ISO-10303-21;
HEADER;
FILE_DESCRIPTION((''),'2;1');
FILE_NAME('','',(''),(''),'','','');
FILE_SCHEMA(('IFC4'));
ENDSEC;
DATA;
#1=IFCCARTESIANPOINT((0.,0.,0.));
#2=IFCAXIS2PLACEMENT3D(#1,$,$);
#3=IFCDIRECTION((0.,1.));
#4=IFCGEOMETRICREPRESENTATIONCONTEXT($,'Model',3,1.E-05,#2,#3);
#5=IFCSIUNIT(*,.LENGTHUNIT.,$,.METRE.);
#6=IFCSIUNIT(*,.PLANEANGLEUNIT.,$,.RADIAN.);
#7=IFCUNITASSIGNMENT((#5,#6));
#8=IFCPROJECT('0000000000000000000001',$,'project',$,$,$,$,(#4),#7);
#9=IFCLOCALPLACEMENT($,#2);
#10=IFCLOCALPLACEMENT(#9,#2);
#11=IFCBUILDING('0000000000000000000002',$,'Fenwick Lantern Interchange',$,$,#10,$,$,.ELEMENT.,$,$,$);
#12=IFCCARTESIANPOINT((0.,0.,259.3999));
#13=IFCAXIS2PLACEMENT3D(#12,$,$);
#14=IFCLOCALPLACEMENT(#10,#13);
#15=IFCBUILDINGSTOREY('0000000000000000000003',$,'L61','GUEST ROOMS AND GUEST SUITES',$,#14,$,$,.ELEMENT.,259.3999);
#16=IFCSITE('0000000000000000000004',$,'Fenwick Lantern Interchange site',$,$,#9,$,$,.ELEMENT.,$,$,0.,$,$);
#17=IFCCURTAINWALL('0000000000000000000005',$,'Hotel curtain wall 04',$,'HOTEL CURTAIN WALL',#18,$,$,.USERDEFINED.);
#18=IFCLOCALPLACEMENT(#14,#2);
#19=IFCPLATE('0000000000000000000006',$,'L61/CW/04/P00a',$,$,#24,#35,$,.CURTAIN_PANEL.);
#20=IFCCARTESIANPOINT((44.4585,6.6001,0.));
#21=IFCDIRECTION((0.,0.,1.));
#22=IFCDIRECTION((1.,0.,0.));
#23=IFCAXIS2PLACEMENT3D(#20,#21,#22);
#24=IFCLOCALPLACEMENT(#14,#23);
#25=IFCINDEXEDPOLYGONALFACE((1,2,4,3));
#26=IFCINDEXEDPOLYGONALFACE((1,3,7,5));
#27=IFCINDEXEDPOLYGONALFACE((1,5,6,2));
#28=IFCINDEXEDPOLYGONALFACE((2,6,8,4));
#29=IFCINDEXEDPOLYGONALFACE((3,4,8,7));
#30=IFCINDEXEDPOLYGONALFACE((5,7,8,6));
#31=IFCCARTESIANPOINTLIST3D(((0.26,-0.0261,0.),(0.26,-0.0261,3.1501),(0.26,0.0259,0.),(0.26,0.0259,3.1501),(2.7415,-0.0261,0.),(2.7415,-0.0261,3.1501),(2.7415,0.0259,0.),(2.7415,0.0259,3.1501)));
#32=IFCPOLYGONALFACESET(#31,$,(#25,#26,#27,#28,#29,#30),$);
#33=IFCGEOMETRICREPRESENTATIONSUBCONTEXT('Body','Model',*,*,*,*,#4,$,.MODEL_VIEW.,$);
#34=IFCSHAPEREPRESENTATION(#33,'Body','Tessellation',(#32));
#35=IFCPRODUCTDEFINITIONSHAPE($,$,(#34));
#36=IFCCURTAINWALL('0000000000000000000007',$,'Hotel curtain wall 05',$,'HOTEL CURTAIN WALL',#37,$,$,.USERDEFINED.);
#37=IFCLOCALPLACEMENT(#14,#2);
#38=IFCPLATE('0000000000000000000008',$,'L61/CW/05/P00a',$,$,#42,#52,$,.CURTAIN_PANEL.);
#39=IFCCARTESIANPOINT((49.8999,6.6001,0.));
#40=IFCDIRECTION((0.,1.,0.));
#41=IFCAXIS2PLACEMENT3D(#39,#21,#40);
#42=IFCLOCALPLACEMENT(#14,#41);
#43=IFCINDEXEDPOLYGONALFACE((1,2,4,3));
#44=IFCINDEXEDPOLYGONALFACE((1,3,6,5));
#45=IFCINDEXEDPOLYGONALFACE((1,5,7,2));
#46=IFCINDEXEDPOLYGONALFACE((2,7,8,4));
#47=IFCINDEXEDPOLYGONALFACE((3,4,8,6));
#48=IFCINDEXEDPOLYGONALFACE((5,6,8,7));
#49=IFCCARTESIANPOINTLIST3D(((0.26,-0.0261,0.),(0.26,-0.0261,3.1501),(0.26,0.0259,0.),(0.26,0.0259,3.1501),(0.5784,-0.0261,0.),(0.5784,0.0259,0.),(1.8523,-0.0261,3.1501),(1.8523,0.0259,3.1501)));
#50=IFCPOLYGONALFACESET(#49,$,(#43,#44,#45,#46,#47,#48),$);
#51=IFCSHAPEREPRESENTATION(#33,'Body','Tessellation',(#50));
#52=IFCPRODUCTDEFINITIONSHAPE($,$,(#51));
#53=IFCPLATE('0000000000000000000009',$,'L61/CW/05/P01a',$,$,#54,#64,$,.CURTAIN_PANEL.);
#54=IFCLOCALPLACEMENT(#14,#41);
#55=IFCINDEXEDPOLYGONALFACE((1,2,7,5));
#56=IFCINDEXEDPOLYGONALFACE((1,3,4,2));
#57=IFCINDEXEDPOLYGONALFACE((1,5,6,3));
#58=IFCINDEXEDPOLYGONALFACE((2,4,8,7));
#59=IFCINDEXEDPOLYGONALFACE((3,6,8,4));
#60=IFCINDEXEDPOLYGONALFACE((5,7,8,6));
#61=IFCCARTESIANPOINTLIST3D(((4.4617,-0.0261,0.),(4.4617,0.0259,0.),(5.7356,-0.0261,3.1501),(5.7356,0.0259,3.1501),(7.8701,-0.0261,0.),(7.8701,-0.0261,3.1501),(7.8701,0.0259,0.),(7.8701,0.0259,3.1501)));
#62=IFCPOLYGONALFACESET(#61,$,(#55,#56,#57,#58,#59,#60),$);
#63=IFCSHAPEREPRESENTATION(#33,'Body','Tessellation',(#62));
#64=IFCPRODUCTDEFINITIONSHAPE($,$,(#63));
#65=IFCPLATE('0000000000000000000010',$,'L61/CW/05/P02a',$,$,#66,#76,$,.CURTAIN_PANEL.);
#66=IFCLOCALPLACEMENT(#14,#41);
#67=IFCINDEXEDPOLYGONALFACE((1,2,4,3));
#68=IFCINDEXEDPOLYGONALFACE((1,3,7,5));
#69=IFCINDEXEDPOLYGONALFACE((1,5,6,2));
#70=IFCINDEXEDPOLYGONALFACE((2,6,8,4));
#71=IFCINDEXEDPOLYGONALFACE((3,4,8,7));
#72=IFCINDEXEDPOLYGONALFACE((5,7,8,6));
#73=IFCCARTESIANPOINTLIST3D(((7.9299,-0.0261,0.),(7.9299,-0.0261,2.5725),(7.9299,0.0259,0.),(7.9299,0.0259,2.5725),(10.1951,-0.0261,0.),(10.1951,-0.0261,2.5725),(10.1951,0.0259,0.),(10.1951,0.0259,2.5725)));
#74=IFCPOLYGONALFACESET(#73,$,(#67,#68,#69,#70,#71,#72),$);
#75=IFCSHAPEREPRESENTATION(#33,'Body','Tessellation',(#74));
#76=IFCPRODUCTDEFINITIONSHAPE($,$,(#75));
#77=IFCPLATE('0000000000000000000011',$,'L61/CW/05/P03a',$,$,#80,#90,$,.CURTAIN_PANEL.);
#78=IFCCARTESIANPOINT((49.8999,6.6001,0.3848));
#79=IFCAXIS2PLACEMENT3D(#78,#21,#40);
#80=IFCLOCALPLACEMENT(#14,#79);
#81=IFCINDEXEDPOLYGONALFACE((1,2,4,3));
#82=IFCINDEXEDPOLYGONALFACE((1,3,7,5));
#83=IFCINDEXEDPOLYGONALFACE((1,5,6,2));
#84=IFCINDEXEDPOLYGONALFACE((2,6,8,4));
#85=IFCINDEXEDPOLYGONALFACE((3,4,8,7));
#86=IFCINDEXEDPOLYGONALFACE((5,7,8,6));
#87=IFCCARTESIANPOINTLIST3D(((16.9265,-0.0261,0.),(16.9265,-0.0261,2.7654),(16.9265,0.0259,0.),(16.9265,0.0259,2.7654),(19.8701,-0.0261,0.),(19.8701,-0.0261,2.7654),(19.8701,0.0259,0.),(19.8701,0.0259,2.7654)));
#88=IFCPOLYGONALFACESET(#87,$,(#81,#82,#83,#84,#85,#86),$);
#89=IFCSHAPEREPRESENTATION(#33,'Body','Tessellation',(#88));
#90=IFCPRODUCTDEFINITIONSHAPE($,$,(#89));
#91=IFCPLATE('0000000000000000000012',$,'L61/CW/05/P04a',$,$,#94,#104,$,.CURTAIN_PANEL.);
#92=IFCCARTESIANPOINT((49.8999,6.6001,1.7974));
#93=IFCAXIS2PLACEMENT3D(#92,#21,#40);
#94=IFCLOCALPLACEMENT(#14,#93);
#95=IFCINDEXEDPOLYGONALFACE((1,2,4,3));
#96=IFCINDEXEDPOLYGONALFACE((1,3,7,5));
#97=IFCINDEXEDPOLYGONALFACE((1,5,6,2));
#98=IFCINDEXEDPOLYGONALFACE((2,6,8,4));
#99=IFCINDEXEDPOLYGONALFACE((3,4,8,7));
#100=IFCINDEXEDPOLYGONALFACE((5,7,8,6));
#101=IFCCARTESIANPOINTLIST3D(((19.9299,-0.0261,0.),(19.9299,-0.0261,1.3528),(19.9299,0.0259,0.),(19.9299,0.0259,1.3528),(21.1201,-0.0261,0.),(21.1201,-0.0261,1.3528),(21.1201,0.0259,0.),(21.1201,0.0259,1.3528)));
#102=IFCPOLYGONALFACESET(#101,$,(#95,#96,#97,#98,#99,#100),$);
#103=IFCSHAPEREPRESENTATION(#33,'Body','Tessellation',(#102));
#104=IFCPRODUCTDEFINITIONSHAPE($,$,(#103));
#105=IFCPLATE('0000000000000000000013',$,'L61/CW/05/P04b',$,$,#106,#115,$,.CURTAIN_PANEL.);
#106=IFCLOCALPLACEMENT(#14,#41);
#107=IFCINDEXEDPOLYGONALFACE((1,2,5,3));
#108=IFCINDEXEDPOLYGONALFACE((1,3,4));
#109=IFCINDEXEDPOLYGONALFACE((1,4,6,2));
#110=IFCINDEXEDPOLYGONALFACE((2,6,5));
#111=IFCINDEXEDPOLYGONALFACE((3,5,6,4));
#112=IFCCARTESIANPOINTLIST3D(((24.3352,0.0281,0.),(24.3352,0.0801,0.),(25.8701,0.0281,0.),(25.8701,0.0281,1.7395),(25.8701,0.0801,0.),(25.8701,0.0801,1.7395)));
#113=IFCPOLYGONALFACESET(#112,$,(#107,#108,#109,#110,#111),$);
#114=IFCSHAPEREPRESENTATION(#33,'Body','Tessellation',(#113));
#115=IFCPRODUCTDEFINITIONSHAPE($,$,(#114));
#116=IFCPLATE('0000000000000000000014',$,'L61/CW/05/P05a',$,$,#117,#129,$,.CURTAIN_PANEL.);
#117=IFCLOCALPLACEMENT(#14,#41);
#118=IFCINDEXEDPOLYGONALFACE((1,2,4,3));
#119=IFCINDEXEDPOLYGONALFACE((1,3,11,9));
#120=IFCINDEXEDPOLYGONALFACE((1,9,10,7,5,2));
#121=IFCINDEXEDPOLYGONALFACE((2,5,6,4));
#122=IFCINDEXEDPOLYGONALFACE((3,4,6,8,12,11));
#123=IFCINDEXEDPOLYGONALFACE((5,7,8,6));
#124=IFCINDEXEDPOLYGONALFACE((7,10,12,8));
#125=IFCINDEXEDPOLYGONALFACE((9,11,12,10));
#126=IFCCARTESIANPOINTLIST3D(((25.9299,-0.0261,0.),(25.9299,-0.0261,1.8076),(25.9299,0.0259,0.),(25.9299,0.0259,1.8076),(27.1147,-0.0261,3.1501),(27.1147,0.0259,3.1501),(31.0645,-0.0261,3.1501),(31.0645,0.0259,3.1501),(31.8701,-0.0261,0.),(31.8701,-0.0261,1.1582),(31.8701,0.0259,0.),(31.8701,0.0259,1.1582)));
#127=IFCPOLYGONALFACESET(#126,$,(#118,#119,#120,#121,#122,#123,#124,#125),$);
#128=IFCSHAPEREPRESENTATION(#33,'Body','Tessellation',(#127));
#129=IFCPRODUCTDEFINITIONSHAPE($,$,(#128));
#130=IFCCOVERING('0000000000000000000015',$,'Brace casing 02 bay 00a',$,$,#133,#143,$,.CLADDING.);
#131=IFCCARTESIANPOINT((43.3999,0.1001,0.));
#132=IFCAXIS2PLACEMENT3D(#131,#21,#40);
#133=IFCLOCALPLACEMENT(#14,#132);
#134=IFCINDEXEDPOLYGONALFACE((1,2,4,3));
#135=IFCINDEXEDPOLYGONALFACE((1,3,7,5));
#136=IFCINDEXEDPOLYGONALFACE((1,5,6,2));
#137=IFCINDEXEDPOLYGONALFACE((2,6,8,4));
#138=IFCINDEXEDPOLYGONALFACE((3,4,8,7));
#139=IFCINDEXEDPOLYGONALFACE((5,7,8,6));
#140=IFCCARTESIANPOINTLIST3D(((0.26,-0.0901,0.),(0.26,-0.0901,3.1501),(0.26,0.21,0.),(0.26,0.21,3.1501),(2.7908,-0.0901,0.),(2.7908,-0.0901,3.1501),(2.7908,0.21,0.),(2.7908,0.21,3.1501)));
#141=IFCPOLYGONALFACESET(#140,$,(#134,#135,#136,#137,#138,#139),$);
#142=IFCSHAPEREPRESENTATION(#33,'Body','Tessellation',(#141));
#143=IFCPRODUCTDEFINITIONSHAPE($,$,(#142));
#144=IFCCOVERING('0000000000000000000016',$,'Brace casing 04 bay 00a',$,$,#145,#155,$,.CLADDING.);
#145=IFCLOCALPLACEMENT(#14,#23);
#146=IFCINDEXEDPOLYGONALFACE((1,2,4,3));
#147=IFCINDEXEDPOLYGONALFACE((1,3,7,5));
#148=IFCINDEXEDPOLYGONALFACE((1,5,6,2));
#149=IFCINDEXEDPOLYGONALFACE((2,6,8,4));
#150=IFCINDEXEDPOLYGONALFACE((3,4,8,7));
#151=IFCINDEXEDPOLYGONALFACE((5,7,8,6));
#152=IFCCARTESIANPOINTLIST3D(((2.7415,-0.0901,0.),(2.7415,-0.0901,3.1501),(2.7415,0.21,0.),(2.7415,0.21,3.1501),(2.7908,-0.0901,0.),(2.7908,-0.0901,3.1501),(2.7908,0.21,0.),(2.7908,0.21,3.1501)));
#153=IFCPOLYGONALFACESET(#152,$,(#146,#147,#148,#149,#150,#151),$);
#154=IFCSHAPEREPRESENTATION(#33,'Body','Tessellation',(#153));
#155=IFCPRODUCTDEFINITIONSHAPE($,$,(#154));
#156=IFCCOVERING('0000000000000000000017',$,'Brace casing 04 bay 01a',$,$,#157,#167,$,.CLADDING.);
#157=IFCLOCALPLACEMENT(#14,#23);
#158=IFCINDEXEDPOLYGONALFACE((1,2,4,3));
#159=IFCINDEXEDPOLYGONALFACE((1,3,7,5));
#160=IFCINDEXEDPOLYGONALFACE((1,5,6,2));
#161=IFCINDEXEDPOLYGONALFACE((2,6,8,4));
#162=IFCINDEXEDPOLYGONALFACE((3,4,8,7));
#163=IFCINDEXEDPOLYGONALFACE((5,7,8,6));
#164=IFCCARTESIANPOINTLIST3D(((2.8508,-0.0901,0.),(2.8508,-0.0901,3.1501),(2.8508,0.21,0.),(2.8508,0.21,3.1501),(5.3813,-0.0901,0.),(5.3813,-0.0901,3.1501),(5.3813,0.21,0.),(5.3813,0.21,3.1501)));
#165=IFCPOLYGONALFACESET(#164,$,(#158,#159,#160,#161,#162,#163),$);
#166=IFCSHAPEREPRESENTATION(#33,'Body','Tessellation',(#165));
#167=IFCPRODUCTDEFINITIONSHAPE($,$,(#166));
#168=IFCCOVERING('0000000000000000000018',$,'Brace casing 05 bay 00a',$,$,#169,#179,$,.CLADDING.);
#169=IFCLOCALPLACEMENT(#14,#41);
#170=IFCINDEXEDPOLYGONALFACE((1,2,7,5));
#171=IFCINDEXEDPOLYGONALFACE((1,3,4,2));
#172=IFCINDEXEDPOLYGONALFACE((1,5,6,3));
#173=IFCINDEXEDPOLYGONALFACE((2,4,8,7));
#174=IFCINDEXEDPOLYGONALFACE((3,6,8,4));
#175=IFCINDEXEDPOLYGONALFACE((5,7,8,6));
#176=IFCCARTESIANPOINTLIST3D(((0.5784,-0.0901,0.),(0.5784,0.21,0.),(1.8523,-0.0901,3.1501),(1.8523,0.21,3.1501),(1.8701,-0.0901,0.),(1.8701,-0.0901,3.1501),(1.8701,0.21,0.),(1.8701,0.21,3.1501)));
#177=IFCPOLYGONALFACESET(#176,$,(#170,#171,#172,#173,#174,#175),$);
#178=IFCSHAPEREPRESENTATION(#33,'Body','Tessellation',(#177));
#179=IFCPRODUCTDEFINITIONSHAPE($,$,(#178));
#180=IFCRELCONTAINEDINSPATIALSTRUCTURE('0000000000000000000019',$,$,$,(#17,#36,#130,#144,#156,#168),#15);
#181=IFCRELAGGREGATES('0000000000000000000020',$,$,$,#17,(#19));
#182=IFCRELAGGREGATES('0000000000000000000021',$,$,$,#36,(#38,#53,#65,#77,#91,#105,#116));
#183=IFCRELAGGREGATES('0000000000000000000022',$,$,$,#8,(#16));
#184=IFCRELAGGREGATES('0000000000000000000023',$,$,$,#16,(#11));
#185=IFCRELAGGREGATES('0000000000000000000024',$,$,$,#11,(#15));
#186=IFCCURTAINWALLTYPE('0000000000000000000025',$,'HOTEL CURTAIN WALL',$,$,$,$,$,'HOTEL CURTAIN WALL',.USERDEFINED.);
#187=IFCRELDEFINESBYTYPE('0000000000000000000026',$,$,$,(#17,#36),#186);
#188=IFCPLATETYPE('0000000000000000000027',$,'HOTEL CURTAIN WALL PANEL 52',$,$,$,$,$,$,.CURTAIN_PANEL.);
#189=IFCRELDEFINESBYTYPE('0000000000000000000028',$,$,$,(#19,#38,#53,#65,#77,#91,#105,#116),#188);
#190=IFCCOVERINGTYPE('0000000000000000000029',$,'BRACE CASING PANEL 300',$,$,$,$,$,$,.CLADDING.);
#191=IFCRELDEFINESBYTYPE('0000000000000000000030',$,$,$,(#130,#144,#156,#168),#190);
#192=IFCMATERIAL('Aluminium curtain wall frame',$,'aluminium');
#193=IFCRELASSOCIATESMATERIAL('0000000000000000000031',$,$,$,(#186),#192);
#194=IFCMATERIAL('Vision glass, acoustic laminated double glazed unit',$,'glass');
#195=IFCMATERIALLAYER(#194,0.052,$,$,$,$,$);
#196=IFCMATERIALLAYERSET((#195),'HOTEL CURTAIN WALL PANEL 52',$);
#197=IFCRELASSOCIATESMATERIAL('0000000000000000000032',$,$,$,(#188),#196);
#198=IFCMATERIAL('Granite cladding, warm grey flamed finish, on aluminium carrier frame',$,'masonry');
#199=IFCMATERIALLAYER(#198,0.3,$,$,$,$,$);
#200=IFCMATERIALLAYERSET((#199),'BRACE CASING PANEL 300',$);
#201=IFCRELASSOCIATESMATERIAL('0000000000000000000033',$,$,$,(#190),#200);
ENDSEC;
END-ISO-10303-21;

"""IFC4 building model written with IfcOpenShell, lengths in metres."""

from ifc_helpers import new_model, si_unit, direction, frame, origin, place, context, subcontext, project, spatial, polyline, outline, extrude, material, layer, layer_set, type_object, element, aggregate, save


model = new_model("IFC4")

# Units and contexts
model_context = context("Model", 3, precision=1e-05, world=origin(), true_north=direction((0.0, 1.0)))
body_context = subcontext(model_context, "Body", "Model", "MODEL_VIEW")
ifc_project = project(units=[si_unit("LENGTHUNIT", "METRE"), si_unit("PLANEANGLEUNIT", "RADIAN")], contexts=[model_context])

# Site, building, storey
site_placement = place(None, origin())
site = spatial("IfcSite", under=ifc_project, at=site_placement, Name="Fenwick Lantern Interchange site", CompositionType="ELEMENT", RefElevation=0.0)
building_placement = place(site_placement, origin())
building = spatial("IfcBuilding", under=site, at=building_placement, Name="Fenwick Lantern Interchange", CompositionType="ELEMENT")
storey_placement = place(building_placement, frame((0.0, 0.0, 259.3999)))
storey = spatial("IfcBuildingStorey", under=building, at=storey_placement, Name="L61", Description="GUEST ROOMS AND GUEST SUITES", CompositionType="ELEMENT", Elevation=259.3999)

# Shared definitions
ifc_material_1 = material(Name="Aluminium curtain wall frame", Category="aluminium")
curtain_wall_type = type_object("IfcCurtainWallType", Name="HOTEL CURTAIN WALL", ElementType="HOTEL CURTAIN WALL", PredefinedType="USERDEFINED", material=ifc_material_1)

# Curtain wall
curtain_wall_1_placement = place(storey_placement, origin())
curtain_wall_1 = element("IfcCurtainWall", 1, at=curtain_wall_1_placement, inside=storey, type_object=curtain_wall_type, Name="Hotel curtain wall 04", ObjectType="HOTEL CURTAIN WALL", PredefinedType="USERDEFINED")

# Plate
ifc_material_2 = material(Name="Vision glass, acoustic laminated double glazed unit", Category="glass")
ifc_layer_1 = layer(ifc_material_2, 0.052)
ifc_layer_set_1 = layer_set([ifc_layer_1], Name="HOTEL CURTAIN WALL PANEL 52")
plate_type = type_object("IfcPlateType", Name="HOTEL CURTAIN WALL PANEL 52", PredefinedType="CURTAIN_PANEL", material=ifc_layer_set_1)
plate_1_placement = place(storey_placement, frame((44.4585, 6.6001, 0.0), z_axis=(0.0, 0.0, 1.0), x_axis=(1.0, 0.0, 0.0)))
plate_1 = element("IfcPlate", 2, at=plate_1_placement, type_object=plate_type, Name="L61/CW/04/P00a", PredefinedType="CURTAIN_PANEL", context=body_context, shape_type="SweptSolid", body=[
    extrude(outline(polyline([(0.26, 0.0), (2.7415, 0.0), (2.7415, 3.1501), (0.26, 3.1501), (0.26, 0.0)])), frame((0.0, 0.0259, 0.0), z_axis=(0.0, -1.0, 0.0), x_axis=(1.0, 0.0, 0.0)), (0.0, 0.0, 1.0), 0.052),
])
aggregate(curtain_wall_1, [plate_1])

# Curtain wall, plates
curtain_wall_2_placement = place(storey_placement, origin())
curtain_wall_2 = element("IfcCurtainWall", 3, at=curtain_wall_2_placement, inside=storey, type_object=curtain_wall_type, Name="Hotel curtain wall 05", ObjectType="HOTEL CURTAIN WALL", PredefinedType="USERDEFINED")
plate_2_placement = place(storey_placement, frame((49.8999, 6.6001, 0.0), z_axis=(0.0, 0.0, 1.0), x_axis=(0.0, 1.0, 0.0)))
plate_2 = element("IfcPlate", 4, at=plate_2_placement, type_object=plate_type, Name="L61/CW/05/P00a", PredefinedType="CURTAIN_PANEL", context=body_context, shape_type="SweptSolid", body=[
    extrude(outline(polyline([(0.26, 0.0), (0.5784, 0.0), (1.8523, 3.1501), (0.26, 3.1501), (0.26, 0.0)])), frame((0.0, 0.0259, 0.0), z_axis=(0.0, -1.0, 0.0), x_axis=(1.0, 0.0, 0.0)), (0.0, 0.0, 1.0), 0.052),
])
plate_3_placement = place(storey_placement, frame((49.8999, 6.6001, 0.0), z_axis=(0.0, 0.0, 1.0), x_axis=(0.0, 1.0, 0.0)))
plate_3 = element("IfcPlate", 5, at=plate_3_placement, type_object=plate_type, Name="L61/CW/05/P01a", PredefinedType="CURTAIN_PANEL", context=body_context, shape_type="SweptSolid", body=[
    extrude(outline(polyline([(4.4617, 0.0), (7.8701, 0.0), (7.8701, 3.1501), (5.7356, 3.1501), (4.4617, 0.0)])), frame((0.0, 0.0259, 0.0), z_axis=(0.0, -1.0, 0.0), x_axis=(1.0, 0.0, 0.0)), (0.0, 0.0, 1.0), 0.052),
])
plate_4_placement = place(storey_placement, frame((49.8999, 6.6001, 0.0), z_axis=(0.0, 0.0, 1.0), x_axis=(0.0, 1.0, 0.0)))
plate_4 = element("IfcPlate", 6, at=plate_4_placement, type_object=plate_type, Name="L61/CW/05/P02a", PredefinedType="CURTAIN_PANEL", context=body_context, shape_type="SweptSolid", body=[
    extrude(outline(polyline([(7.9299, 0.0), (10.1951, 0.0), (10.1951, 2.5725), (7.9299, 2.5725), (7.9299, 0.0)])), frame((0.0, 0.0259, 0.0), z_axis=(0.0, -1.0, 0.0), x_axis=(1.0, 0.0, 0.0)), (0.0, 0.0, 1.0), 0.052),
])
plate_5_placement = place(storey_placement, frame((49.8999, 6.6001, 0.3848), z_axis=(0.0, 0.0, 1.0), x_axis=(0.0, 1.0, 0.0)))
plate_5 = element("IfcPlate", 7, at=plate_5_placement, type_object=plate_type, Name="L61/CW/05/P03a", PredefinedType="CURTAIN_PANEL", context=body_context, shape_type="SweptSolid", body=[
    extrude(outline(polyline([(16.9265, 0.0), (19.8701, 0.0), (19.8701, 2.7654), (16.9265, 2.7654), (16.9265, 0.0)])), frame((0.0, 0.0259, 0.0), z_axis=(0.0, -1.0, 0.0), x_axis=(1.0, 0.0, 0.0)), (0.0, 0.0, 1.0), 0.052),
])
plate_6_placement = place(storey_placement, frame((49.8999, 6.6001, 1.7974), z_axis=(0.0, 0.0, 1.0), x_axis=(0.0, 1.0, 0.0)))
plate_6 = element("IfcPlate", 8, at=plate_6_placement, type_object=plate_type, Name="L61/CW/05/P04a", PredefinedType="CURTAIN_PANEL", context=body_context, shape_type="SweptSolid", body=[
    extrude(outline(polyline([(19.9299, 0.0), (21.1201, 0.0), (21.1201, 1.3528), (19.9299, 1.3528), (19.9299, 0.0)])), frame((0.0, 0.0259, 0.0), z_axis=(0.0, -1.0, 0.0), x_axis=(1.0, 0.0, 0.0)), (0.0, 0.0, 1.0), 0.052),
])
plate_7_placement = place(storey_placement, frame((49.8999, 6.6001, 0.0), z_axis=(0.0, 0.0, 1.0), x_axis=(0.0, 1.0, 0.0)))
plate_7 = element("IfcPlate", 9, at=plate_7_placement, type_object=plate_type, Name="L61/CW/05/P04b", PredefinedType="CURTAIN_PANEL", context=body_context, shape_type="SweptSolid", body=[
    extrude(outline(polyline([(24.3352, 0.0), (25.8701, 0.0), (25.8701, 1.7395), (24.3352, 0.0)])), frame((0.0, 0.0801, 0.0), z_axis=(0.0, -1.0, 0.0), x_axis=(1.0, 0.0, 0.0)), (0.0, 0.0, 1.0), 0.052),
])
plate_8_placement = place(storey_placement, frame((49.8999, 6.6001, 0.0), z_axis=(0.0, 0.0, 1.0), x_axis=(0.0, 1.0, 0.0)))
plate_8 = element("IfcPlate", 10, at=plate_8_placement, type_object=plate_type, Name="L61/CW/05/P05a", PredefinedType="CURTAIN_PANEL", context=body_context, shape_type="SweptSolid", body=[
    extrude(outline(polyline([(25.9299, 0.0), (31.8701, 0.0), (31.8701, 1.1582), (31.0645, 3.1501), (27.1147, 3.1501), (25.9299, 1.8076), (25.9299, 0.0)])), frame((0.0, 0.0259, 0.0), z_axis=(0.0, -1.0, 0.0), x_axis=(1.0, 0.0, 0.0)), (0.0, 0.0, 1.0), 0.052),
])
aggregate(curtain_wall_2, [plate_2, plate_3, plate_4, plate_5, plate_6, plate_7, plate_8])

# Coverings
ifc_material_3 = material(Name="Granite cladding, warm grey flamed finish, on aluminium carrier frame", Category="masonry")
ifc_layer_2 = layer(ifc_material_3, 0.3)
ifc_layer_set_2 = layer_set([ifc_layer_2], Name="BRACE CASING PANEL 300")
covering_type = type_object("IfcCoveringType", Name="BRACE CASING PANEL 300", PredefinedType="CLADDING", material=ifc_layer_set_2)
covering_1_placement = place(storey_placement, frame((43.3999, 0.1001, 0.0), z_axis=(0.0, 0.0, 1.0), x_axis=(0.0, 1.0, 0.0)))
element("IfcCovering", 11, at=covering_1_placement, inside=storey, type_object=covering_type, Name="Brace casing 02 bay 00a", PredefinedType="CLADDING", context=body_context, shape_type="SweptSolid", body=[
    extrude(outline(polyline([(0.26, 0.0), (2.7908, 0.0), (2.7908, 3.1501), (0.26, 3.1501), (0.26, 0.0)])), frame((0.0, 0.21, 0.0), z_axis=(0.0, -1.0, 0.0), x_axis=(1.0, 0.0, 0.0)), (0.0, 0.0, 1.0), 0.3),
])
covering_2_placement = place(storey_placement, frame((44.4585, 6.6001, 0.0), z_axis=(0.0, 0.0, 1.0), x_axis=(1.0, 0.0, 0.0)))
element("IfcCovering", 12, at=covering_2_placement, inside=storey, type_object=covering_type, Name="Brace casing 04 bay 00a", PredefinedType="CLADDING", context=body_context, shape_type="SweptSolid", body=[
    extrude(outline(polyline([(2.7415, 0.0), (2.7908, 0.0), (2.7908, 3.1501), (2.7415, 3.1501), (2.7415, 0.0)])), frame((0.0, 0.21, 0.0), z_axis=(0.0, -1.0, 0.0), x_axis=(1.0, 0.0, 0.0)), (0.0, 0.0, 1.0), 0.3),
])
covering_3_placement = place(storey_placement, frame((44.4585, 6.6001, 0.0), z_axis=(0.0, 0.0, 1.0), x_axis=(1.0, 0.0, 0.0)))
element("IfcCovering", 13, at=covering_3_placement, inside=storey, type_object=covering_type, Name="Brace casing 04 bay 01a", PredefinedType="CLADDING", context=body_context, shape_type="SweptSolid", body=[
    extrude(outline(polyline([(2.8508, 0.0), (5.3813, 0.0), (5.3813, 3.1501), (2.8508, 3.1501), (2.8508, 0.0)])), frame((0.0, 0.21, 0.0), z_axis=(0.0, -1.0, 0.0), x_axis=(1.0, 0.0, 0.0)), (0.0, 0.0, 1.0), 0.3),
])
covering_4_placement = place(storey_placement, frame((49.8999, 6.6001, 0.0), z_axis=(0.0, 0.0, 1.0), x_axis=(0.0, 1.0, 0.0)))
element("IfcCovering", 14, at=covering_4_placement, inside=storey, type_object=covering_type, Name="Brace casing 05 bay 00a", PredefinedType="CLADDING", context=body_context, shape_type="SweptSolid", body=[
    extrude(outline(polyline([(0.5784, 0.0), (1.8701, 0.0), (1.8701, 3.1501), (1.8523, 3.1501), (0.5784, 0.0)])), frame((0.0, 0.21, 0.0), z_axis=(0.0, -1.0, 0.0), x_axis=(1.0, 0.0, 0.0)), (0.0, 0.0, 1.0), 0.3),
])

save(model, "model.ifc")
